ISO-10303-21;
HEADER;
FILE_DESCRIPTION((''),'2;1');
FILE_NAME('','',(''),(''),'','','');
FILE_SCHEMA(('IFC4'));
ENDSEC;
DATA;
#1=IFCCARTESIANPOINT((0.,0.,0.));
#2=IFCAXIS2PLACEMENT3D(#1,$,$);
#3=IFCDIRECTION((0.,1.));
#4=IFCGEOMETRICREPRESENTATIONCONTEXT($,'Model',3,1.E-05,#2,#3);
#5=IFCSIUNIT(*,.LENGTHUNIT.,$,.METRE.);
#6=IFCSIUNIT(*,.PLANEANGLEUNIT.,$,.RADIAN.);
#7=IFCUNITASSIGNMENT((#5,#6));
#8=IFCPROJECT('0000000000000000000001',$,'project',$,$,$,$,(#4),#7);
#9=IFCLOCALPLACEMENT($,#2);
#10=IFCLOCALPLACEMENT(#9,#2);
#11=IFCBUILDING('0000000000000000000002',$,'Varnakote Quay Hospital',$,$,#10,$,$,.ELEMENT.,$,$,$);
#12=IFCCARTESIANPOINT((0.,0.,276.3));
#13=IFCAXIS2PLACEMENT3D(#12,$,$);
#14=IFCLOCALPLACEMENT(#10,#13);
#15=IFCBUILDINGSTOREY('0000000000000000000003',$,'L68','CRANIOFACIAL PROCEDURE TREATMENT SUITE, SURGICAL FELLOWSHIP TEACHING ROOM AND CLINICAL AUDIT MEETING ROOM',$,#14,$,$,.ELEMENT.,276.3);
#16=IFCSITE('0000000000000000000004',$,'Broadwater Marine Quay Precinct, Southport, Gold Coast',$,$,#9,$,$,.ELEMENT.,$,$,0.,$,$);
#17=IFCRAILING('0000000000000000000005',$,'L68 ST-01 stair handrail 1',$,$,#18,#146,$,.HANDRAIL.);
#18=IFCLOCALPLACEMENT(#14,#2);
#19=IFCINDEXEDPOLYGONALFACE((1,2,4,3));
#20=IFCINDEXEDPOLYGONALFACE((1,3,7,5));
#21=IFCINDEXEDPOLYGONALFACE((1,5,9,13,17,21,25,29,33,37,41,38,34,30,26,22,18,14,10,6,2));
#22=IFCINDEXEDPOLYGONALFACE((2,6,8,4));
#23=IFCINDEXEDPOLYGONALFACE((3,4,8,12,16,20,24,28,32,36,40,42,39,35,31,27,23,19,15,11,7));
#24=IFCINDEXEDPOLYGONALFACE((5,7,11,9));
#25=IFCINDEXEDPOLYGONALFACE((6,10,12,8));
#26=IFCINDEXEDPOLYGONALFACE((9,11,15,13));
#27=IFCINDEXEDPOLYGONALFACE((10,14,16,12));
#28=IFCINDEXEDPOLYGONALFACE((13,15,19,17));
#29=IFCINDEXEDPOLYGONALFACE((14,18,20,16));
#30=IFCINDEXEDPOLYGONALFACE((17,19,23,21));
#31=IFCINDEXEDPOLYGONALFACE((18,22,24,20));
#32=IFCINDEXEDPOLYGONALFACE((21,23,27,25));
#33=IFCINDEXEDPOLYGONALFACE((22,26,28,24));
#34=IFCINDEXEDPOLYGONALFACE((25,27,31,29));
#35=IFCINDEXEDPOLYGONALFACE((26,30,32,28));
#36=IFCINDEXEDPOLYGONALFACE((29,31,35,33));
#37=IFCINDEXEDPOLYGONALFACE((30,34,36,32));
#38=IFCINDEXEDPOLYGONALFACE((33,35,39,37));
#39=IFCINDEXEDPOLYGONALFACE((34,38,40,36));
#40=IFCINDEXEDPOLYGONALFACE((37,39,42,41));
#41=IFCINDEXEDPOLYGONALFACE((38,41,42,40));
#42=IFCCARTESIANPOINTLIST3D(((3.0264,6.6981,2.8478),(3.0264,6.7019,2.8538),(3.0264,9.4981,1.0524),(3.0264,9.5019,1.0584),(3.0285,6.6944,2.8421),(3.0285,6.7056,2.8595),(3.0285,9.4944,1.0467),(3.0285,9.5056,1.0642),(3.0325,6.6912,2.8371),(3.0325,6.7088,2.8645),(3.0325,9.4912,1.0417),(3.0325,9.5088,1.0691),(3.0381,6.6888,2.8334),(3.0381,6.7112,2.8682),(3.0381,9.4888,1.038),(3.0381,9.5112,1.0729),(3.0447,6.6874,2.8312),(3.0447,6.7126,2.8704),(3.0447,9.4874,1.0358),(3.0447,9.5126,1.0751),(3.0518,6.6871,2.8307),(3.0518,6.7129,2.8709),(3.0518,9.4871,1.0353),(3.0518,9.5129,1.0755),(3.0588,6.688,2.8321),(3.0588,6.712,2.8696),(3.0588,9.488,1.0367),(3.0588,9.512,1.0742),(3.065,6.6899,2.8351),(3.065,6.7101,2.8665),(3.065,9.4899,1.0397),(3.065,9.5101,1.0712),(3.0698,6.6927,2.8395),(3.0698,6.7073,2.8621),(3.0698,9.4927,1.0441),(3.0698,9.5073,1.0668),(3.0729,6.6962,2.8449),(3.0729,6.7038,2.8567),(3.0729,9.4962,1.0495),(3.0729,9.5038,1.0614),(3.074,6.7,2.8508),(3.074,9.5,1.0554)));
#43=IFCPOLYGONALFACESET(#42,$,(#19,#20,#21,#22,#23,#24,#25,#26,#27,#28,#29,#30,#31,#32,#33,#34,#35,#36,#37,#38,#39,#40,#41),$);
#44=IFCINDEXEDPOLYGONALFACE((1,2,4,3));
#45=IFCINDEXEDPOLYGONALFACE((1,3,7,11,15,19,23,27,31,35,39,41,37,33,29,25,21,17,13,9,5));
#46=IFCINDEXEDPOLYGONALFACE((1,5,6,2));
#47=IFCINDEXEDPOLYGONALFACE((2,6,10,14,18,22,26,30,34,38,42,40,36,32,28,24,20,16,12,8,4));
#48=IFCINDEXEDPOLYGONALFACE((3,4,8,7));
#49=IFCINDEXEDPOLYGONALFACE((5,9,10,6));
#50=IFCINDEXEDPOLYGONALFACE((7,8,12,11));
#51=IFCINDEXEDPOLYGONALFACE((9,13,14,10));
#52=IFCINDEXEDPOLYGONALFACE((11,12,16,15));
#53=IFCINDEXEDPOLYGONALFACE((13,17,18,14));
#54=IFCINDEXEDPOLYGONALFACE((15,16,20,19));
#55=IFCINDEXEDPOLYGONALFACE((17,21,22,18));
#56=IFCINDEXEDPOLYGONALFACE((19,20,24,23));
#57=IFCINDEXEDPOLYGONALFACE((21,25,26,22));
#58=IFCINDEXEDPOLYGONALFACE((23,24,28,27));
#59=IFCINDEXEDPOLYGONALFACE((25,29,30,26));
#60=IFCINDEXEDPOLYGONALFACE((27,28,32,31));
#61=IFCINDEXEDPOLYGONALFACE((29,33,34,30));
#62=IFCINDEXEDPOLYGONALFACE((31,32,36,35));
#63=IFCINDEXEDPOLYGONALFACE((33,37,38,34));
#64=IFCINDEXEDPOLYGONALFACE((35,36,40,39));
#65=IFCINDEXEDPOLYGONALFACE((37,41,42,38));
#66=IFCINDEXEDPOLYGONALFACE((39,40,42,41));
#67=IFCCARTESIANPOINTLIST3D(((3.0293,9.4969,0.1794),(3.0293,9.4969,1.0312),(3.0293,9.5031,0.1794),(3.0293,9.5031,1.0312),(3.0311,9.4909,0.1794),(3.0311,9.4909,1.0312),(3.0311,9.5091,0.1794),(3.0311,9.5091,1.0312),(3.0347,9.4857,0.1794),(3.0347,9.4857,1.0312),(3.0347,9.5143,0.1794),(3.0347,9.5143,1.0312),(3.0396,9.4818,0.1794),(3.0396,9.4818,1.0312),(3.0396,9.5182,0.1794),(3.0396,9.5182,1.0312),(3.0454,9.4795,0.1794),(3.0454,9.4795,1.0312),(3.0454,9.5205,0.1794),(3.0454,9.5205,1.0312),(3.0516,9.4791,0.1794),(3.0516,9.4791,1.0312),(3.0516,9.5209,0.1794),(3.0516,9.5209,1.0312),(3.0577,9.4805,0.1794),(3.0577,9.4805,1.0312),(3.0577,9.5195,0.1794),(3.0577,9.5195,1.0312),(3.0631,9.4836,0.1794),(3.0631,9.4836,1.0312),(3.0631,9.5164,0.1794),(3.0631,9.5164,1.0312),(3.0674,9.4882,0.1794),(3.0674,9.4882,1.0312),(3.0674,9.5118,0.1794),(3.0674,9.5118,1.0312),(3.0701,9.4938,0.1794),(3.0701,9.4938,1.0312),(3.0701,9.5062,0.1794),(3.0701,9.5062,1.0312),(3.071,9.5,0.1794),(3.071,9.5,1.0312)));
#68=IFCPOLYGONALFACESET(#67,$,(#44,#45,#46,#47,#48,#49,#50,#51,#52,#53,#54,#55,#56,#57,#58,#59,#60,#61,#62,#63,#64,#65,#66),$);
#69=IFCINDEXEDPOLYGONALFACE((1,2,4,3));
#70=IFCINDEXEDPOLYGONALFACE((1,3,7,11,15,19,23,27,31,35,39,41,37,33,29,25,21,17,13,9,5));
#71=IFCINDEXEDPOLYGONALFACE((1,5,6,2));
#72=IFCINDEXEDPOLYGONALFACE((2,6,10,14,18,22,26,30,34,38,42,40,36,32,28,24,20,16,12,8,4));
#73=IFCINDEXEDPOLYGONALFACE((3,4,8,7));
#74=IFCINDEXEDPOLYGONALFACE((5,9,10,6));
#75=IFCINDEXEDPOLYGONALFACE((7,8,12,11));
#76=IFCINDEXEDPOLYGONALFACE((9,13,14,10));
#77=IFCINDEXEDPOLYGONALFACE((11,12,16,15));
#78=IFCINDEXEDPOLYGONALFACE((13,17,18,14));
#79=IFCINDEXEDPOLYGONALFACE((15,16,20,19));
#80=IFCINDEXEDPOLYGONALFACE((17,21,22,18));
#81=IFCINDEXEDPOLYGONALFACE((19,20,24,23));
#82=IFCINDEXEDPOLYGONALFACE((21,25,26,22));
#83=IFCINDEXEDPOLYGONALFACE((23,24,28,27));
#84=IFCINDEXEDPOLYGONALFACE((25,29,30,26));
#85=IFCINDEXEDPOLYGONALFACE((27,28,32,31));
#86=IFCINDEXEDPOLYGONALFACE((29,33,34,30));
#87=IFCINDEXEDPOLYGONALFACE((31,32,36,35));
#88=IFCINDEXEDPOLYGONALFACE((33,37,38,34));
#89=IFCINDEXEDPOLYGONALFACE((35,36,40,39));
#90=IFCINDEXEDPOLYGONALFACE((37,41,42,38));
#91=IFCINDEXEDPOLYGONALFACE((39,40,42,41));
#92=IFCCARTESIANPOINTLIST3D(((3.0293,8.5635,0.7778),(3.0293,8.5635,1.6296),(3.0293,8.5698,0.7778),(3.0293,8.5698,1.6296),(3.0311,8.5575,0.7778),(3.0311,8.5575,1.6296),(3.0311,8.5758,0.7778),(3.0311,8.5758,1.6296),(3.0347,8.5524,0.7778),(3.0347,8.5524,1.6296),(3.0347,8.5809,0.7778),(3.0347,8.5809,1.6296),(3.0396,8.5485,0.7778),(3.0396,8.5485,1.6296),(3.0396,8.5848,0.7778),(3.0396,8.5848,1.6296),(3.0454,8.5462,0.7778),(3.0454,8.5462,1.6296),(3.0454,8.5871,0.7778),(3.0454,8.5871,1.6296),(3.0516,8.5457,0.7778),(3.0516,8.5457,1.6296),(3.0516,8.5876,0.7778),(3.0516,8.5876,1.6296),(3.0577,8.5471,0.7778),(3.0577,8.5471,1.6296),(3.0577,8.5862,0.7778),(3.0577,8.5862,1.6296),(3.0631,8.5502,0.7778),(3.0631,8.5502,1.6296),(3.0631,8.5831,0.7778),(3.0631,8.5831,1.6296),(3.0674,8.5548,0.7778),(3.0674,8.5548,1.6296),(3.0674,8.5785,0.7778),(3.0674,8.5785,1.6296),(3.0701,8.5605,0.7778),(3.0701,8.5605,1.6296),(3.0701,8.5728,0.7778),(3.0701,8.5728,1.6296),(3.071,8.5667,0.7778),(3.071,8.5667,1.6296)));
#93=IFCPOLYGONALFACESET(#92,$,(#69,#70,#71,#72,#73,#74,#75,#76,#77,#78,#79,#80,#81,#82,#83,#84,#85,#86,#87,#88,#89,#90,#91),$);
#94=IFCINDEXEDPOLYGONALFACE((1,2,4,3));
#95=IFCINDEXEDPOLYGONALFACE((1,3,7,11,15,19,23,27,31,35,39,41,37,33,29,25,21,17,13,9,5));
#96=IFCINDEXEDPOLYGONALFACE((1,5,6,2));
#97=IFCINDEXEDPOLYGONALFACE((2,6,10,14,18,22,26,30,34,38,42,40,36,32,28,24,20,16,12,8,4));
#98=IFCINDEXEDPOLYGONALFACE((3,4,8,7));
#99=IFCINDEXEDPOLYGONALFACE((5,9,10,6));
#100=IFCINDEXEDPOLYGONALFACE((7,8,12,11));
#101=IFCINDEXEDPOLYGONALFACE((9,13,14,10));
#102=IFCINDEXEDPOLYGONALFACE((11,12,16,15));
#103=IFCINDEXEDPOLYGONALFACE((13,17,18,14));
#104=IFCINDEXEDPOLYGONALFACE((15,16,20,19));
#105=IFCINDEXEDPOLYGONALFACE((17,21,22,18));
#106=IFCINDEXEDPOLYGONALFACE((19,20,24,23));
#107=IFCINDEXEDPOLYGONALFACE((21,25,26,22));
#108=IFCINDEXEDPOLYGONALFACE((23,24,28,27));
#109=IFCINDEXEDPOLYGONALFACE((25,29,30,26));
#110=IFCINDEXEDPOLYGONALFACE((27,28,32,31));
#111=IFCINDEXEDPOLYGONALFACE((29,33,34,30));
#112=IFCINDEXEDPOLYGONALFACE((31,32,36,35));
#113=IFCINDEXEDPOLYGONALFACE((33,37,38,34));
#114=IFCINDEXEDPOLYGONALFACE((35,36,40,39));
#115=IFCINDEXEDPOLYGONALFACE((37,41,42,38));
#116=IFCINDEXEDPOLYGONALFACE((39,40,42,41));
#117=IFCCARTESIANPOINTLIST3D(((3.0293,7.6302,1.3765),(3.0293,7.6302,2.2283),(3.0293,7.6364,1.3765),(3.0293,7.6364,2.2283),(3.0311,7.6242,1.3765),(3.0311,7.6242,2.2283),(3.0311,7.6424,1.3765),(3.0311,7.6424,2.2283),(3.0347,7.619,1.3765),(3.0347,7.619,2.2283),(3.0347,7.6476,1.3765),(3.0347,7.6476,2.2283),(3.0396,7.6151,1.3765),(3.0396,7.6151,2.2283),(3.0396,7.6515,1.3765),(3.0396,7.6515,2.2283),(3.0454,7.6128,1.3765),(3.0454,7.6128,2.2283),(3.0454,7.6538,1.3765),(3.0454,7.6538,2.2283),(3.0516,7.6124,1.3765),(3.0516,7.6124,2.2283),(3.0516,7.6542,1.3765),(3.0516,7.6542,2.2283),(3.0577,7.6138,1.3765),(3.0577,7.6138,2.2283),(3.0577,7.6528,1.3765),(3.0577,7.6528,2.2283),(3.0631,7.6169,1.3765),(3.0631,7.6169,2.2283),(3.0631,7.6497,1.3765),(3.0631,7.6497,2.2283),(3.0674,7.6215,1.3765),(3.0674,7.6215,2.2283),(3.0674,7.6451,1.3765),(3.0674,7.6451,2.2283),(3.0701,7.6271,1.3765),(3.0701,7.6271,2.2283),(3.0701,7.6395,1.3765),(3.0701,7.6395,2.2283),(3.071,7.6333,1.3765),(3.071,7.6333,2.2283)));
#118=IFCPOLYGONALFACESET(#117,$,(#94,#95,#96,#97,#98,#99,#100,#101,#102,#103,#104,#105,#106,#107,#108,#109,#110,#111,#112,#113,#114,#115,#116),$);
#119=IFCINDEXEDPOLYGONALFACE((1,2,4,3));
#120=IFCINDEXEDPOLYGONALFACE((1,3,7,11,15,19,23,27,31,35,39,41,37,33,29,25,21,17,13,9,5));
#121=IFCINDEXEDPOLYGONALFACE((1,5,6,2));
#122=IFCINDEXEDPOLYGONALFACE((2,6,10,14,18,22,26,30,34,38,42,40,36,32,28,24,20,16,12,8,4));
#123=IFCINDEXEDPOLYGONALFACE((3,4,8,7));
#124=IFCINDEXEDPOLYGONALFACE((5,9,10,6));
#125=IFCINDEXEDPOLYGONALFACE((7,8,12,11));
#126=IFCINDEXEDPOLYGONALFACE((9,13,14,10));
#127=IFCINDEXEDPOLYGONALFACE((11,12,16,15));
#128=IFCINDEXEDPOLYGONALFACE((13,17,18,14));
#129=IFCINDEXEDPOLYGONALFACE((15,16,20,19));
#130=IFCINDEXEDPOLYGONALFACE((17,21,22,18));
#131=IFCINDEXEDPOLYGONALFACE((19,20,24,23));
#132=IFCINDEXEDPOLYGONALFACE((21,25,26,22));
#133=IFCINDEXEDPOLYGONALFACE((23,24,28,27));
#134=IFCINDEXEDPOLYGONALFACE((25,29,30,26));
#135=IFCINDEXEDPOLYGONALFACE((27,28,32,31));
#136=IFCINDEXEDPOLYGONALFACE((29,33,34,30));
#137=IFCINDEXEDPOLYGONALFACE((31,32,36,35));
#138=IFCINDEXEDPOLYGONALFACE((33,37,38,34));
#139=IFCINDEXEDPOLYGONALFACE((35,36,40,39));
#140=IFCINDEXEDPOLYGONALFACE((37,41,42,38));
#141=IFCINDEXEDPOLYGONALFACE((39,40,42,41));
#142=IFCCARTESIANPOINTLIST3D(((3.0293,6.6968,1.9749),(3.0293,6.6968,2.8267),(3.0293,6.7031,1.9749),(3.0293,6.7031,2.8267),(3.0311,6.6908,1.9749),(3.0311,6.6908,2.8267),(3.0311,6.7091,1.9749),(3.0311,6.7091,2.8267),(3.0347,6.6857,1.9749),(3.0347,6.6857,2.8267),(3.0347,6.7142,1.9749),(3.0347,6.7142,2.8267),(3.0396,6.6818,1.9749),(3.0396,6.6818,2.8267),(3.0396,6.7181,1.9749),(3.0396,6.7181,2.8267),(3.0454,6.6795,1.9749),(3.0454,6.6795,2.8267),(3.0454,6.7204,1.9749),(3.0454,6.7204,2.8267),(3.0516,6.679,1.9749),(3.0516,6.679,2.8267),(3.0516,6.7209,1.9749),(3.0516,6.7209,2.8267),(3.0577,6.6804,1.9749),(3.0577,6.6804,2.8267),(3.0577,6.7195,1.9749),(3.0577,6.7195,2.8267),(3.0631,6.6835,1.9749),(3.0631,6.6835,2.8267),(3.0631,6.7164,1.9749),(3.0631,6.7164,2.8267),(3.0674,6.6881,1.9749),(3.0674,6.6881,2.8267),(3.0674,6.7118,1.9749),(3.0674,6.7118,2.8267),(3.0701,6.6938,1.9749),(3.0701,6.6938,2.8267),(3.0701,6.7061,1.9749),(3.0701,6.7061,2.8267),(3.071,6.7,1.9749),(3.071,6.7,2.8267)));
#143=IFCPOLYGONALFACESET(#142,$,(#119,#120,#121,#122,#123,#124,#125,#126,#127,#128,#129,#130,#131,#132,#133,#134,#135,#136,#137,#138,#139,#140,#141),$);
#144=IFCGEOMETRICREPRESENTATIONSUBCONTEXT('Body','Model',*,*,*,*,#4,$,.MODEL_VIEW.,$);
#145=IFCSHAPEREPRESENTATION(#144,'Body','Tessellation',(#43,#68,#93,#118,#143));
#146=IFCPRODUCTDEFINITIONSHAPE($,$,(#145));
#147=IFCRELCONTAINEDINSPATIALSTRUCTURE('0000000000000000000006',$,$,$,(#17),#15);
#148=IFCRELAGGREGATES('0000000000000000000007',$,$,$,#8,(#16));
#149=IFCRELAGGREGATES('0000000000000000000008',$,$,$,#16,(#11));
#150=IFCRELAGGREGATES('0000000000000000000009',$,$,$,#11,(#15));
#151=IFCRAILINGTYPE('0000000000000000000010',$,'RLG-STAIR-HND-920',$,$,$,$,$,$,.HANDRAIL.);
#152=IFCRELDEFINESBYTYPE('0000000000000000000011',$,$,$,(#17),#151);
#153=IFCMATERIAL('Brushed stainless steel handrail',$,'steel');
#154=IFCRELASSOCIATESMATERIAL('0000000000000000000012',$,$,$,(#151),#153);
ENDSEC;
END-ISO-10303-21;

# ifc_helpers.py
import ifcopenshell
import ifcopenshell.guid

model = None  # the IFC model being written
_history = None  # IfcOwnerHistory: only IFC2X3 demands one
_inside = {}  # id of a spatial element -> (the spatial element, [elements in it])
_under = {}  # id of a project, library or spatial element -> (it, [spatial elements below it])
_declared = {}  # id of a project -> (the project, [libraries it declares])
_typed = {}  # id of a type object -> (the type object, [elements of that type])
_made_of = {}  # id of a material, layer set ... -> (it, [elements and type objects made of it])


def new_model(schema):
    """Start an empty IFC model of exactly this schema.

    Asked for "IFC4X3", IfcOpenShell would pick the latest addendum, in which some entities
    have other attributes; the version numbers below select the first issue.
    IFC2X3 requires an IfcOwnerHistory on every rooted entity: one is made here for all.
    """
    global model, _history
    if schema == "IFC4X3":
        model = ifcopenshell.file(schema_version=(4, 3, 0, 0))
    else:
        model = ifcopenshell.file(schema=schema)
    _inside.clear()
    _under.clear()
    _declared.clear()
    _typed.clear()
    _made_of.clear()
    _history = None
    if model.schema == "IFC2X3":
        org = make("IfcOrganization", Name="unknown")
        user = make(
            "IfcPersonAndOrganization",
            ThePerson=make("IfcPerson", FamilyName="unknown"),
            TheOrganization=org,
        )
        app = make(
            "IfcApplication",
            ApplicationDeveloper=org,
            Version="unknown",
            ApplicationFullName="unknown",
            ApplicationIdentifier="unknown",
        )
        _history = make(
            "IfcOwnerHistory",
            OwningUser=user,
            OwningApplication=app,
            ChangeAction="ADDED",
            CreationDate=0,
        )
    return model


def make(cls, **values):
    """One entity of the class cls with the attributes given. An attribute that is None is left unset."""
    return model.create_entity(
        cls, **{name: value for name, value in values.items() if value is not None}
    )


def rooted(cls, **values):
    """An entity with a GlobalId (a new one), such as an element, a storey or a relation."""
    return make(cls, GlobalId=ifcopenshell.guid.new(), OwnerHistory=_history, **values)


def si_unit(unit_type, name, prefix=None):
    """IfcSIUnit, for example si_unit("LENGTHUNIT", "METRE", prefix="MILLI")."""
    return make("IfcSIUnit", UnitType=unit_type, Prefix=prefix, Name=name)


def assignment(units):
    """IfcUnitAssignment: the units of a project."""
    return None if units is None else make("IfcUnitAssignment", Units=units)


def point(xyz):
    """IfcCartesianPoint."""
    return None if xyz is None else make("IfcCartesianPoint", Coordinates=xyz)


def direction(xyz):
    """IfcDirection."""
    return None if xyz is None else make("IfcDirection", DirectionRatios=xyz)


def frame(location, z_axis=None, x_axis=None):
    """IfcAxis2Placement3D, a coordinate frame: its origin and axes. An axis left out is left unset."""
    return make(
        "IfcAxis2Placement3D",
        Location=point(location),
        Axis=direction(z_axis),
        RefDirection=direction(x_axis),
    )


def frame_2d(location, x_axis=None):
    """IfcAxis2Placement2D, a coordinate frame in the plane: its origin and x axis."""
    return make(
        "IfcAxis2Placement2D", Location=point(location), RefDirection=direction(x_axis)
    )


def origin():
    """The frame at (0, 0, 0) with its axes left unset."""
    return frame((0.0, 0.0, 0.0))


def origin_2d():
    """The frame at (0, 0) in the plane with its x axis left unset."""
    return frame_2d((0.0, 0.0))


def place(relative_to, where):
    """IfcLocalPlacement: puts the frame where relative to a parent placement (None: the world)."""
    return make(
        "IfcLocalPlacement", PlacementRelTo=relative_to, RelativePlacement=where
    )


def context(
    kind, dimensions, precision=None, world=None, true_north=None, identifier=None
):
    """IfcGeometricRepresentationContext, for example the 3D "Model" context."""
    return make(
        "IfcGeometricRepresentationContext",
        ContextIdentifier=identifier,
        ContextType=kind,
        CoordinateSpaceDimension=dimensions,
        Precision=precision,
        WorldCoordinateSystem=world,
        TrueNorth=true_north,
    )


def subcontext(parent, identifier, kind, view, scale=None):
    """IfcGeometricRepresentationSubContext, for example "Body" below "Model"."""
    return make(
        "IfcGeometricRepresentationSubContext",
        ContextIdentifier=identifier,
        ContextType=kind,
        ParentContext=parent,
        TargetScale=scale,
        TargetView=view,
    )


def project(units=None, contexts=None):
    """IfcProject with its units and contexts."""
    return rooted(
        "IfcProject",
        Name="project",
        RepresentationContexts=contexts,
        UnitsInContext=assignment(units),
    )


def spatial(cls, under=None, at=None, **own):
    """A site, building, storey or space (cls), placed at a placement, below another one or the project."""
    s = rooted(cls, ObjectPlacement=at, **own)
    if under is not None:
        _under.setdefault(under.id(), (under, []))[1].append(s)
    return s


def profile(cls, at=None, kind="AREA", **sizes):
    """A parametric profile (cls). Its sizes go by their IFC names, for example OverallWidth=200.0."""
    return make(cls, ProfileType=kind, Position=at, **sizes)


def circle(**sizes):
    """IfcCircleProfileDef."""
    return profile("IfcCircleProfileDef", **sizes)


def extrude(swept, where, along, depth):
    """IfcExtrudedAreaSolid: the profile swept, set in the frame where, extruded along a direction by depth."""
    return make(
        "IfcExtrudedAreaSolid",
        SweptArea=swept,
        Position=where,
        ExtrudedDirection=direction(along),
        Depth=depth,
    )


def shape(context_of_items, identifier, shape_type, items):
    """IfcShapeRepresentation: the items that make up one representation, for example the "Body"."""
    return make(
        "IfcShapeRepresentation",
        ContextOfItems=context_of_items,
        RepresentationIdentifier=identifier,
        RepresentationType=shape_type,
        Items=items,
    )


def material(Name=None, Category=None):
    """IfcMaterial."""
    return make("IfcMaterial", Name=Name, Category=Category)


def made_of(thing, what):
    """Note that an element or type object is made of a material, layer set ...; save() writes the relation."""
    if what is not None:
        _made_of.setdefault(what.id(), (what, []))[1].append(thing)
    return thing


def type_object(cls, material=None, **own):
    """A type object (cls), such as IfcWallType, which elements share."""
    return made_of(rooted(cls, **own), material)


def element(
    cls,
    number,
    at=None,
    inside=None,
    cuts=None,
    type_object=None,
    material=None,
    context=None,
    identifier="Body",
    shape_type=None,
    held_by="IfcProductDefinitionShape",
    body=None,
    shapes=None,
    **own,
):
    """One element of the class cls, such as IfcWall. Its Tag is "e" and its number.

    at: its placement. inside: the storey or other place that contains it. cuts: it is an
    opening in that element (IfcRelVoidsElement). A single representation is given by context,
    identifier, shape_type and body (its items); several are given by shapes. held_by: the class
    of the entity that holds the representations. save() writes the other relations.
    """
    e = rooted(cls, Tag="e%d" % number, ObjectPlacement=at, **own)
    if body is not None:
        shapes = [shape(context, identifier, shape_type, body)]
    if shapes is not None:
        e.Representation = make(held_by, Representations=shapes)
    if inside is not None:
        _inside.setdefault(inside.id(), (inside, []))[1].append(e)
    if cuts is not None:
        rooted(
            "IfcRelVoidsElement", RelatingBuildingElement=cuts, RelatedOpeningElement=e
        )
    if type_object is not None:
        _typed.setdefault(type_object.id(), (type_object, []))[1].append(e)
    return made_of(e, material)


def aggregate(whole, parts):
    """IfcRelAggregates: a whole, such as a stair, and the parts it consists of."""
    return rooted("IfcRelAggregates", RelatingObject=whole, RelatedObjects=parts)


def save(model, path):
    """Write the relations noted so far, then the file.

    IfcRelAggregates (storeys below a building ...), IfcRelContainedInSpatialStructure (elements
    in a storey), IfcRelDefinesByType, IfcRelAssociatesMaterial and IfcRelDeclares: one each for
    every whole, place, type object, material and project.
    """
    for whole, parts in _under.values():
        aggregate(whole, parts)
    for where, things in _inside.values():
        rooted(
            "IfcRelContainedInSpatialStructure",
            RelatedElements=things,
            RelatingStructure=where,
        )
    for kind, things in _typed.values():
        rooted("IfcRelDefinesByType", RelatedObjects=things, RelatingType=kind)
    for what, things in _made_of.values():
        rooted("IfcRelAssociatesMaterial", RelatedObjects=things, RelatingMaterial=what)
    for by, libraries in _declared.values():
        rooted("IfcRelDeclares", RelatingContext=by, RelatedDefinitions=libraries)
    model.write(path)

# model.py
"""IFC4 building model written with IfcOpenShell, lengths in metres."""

from ifc_helpers import new_model, si_unit, direction, frame, origin, origin_2d, place, context, subcontext, project, spatial, circle, extrude, material, type_object, element, save


model = new_model("IFC4")

# Units and contexts
model_context = context("Model", 3, precision=1e-05, world=origin(), true_north=direction((0.0, 1.0)))
body_context = subcontext(model_context, "Body", "Model", "MODEL_VIEW")
ifc_project = project(units=[si_unit("LENGTHUNIT", "METRE"), si_unit("PLANEANGLEUNIT", "RADIAN")], contexts=[model_context])

# Site, building, storey
site_placement = place(None, origin())
site = spatial("IfcSite", under=ifc_project, at=site_placement, Name="Broadwater Marine Quay Precinct, Southport, Gold Coast", CompositionType="ELEMENT", RefElevation=0.0)
building_placement = place(site_placement, origin())
building = spatial("IfcBuilding", under=site, at=building_placement, Name="Varnakote Quay Hospital", CompositionType="ELEMENT")
storey_placement = place(building_placement, frame((0.0, 0.0, 276.3)))
storey = spatial("IfcBuildingStorey", under=building, at=storey_placement, Name="L68", Description="CRANIOFACIAL PROCEDURE TREATMENT SUITE, SURGICAL FELLOWSHIP TEACHING ROOM AND CLINICAL AUDIT MEETING ROOM", CompositionType="ELEMENT", Elevation=276.3)

# Railing
ifc_material_1 = material(Name="Brushed stainless steel handrail", Category="steel")
railing_type_1 = type_object("IfcRailingType", Name="RLG-STAIR-HND-920", PredefinedType="HANDRAIL", material=ifc_material_1)
railing_1_placement = place(storey_placement, frame((3.05, 9.5, 0.1794)))
element("IfcRailing", 1, at=railing_1_placement, inside=storey, type_object=railing_type_1, Name="L68 ST-01 stair handrail 1", PredefinedType="HANDRAIL", context=body_context, shape_type="SweptSolid", body=[
    extrude(circle(Radius=0.0239, at=origin_2d()), frame((0.0, 0.0, 0.876), z_axis=(0.0, -0.84181, 0.539774), x_axis=(1.0, 0.0, 0.0)), (0.0, 0.0, 1.0), 3.3262),
    extrude(circle(Radius=0.021, at=origin_2d()), origin(), (0.0, 0.0, 1.0), 0.8518),
    extrude(circle(Radius=0.021, at=origin_2d()), frame((0.0, -0.9333, 0.5984)), (0.0, 0.0, 1.0), 0.8518),
    extrude(circle(Radius=0.021, at=origin_2d()), frame((0.0, -1.8667, 1.197)), (0.0, 0.0, 1.0), 0.8518),
    extrude(circle(Radius=0.021, at=origin_2d()), frame((0.0, -2.8, 1.7954)), (0.0, 0.0, 1.0), 0.8518),
])

save(model, "model.ifc")
